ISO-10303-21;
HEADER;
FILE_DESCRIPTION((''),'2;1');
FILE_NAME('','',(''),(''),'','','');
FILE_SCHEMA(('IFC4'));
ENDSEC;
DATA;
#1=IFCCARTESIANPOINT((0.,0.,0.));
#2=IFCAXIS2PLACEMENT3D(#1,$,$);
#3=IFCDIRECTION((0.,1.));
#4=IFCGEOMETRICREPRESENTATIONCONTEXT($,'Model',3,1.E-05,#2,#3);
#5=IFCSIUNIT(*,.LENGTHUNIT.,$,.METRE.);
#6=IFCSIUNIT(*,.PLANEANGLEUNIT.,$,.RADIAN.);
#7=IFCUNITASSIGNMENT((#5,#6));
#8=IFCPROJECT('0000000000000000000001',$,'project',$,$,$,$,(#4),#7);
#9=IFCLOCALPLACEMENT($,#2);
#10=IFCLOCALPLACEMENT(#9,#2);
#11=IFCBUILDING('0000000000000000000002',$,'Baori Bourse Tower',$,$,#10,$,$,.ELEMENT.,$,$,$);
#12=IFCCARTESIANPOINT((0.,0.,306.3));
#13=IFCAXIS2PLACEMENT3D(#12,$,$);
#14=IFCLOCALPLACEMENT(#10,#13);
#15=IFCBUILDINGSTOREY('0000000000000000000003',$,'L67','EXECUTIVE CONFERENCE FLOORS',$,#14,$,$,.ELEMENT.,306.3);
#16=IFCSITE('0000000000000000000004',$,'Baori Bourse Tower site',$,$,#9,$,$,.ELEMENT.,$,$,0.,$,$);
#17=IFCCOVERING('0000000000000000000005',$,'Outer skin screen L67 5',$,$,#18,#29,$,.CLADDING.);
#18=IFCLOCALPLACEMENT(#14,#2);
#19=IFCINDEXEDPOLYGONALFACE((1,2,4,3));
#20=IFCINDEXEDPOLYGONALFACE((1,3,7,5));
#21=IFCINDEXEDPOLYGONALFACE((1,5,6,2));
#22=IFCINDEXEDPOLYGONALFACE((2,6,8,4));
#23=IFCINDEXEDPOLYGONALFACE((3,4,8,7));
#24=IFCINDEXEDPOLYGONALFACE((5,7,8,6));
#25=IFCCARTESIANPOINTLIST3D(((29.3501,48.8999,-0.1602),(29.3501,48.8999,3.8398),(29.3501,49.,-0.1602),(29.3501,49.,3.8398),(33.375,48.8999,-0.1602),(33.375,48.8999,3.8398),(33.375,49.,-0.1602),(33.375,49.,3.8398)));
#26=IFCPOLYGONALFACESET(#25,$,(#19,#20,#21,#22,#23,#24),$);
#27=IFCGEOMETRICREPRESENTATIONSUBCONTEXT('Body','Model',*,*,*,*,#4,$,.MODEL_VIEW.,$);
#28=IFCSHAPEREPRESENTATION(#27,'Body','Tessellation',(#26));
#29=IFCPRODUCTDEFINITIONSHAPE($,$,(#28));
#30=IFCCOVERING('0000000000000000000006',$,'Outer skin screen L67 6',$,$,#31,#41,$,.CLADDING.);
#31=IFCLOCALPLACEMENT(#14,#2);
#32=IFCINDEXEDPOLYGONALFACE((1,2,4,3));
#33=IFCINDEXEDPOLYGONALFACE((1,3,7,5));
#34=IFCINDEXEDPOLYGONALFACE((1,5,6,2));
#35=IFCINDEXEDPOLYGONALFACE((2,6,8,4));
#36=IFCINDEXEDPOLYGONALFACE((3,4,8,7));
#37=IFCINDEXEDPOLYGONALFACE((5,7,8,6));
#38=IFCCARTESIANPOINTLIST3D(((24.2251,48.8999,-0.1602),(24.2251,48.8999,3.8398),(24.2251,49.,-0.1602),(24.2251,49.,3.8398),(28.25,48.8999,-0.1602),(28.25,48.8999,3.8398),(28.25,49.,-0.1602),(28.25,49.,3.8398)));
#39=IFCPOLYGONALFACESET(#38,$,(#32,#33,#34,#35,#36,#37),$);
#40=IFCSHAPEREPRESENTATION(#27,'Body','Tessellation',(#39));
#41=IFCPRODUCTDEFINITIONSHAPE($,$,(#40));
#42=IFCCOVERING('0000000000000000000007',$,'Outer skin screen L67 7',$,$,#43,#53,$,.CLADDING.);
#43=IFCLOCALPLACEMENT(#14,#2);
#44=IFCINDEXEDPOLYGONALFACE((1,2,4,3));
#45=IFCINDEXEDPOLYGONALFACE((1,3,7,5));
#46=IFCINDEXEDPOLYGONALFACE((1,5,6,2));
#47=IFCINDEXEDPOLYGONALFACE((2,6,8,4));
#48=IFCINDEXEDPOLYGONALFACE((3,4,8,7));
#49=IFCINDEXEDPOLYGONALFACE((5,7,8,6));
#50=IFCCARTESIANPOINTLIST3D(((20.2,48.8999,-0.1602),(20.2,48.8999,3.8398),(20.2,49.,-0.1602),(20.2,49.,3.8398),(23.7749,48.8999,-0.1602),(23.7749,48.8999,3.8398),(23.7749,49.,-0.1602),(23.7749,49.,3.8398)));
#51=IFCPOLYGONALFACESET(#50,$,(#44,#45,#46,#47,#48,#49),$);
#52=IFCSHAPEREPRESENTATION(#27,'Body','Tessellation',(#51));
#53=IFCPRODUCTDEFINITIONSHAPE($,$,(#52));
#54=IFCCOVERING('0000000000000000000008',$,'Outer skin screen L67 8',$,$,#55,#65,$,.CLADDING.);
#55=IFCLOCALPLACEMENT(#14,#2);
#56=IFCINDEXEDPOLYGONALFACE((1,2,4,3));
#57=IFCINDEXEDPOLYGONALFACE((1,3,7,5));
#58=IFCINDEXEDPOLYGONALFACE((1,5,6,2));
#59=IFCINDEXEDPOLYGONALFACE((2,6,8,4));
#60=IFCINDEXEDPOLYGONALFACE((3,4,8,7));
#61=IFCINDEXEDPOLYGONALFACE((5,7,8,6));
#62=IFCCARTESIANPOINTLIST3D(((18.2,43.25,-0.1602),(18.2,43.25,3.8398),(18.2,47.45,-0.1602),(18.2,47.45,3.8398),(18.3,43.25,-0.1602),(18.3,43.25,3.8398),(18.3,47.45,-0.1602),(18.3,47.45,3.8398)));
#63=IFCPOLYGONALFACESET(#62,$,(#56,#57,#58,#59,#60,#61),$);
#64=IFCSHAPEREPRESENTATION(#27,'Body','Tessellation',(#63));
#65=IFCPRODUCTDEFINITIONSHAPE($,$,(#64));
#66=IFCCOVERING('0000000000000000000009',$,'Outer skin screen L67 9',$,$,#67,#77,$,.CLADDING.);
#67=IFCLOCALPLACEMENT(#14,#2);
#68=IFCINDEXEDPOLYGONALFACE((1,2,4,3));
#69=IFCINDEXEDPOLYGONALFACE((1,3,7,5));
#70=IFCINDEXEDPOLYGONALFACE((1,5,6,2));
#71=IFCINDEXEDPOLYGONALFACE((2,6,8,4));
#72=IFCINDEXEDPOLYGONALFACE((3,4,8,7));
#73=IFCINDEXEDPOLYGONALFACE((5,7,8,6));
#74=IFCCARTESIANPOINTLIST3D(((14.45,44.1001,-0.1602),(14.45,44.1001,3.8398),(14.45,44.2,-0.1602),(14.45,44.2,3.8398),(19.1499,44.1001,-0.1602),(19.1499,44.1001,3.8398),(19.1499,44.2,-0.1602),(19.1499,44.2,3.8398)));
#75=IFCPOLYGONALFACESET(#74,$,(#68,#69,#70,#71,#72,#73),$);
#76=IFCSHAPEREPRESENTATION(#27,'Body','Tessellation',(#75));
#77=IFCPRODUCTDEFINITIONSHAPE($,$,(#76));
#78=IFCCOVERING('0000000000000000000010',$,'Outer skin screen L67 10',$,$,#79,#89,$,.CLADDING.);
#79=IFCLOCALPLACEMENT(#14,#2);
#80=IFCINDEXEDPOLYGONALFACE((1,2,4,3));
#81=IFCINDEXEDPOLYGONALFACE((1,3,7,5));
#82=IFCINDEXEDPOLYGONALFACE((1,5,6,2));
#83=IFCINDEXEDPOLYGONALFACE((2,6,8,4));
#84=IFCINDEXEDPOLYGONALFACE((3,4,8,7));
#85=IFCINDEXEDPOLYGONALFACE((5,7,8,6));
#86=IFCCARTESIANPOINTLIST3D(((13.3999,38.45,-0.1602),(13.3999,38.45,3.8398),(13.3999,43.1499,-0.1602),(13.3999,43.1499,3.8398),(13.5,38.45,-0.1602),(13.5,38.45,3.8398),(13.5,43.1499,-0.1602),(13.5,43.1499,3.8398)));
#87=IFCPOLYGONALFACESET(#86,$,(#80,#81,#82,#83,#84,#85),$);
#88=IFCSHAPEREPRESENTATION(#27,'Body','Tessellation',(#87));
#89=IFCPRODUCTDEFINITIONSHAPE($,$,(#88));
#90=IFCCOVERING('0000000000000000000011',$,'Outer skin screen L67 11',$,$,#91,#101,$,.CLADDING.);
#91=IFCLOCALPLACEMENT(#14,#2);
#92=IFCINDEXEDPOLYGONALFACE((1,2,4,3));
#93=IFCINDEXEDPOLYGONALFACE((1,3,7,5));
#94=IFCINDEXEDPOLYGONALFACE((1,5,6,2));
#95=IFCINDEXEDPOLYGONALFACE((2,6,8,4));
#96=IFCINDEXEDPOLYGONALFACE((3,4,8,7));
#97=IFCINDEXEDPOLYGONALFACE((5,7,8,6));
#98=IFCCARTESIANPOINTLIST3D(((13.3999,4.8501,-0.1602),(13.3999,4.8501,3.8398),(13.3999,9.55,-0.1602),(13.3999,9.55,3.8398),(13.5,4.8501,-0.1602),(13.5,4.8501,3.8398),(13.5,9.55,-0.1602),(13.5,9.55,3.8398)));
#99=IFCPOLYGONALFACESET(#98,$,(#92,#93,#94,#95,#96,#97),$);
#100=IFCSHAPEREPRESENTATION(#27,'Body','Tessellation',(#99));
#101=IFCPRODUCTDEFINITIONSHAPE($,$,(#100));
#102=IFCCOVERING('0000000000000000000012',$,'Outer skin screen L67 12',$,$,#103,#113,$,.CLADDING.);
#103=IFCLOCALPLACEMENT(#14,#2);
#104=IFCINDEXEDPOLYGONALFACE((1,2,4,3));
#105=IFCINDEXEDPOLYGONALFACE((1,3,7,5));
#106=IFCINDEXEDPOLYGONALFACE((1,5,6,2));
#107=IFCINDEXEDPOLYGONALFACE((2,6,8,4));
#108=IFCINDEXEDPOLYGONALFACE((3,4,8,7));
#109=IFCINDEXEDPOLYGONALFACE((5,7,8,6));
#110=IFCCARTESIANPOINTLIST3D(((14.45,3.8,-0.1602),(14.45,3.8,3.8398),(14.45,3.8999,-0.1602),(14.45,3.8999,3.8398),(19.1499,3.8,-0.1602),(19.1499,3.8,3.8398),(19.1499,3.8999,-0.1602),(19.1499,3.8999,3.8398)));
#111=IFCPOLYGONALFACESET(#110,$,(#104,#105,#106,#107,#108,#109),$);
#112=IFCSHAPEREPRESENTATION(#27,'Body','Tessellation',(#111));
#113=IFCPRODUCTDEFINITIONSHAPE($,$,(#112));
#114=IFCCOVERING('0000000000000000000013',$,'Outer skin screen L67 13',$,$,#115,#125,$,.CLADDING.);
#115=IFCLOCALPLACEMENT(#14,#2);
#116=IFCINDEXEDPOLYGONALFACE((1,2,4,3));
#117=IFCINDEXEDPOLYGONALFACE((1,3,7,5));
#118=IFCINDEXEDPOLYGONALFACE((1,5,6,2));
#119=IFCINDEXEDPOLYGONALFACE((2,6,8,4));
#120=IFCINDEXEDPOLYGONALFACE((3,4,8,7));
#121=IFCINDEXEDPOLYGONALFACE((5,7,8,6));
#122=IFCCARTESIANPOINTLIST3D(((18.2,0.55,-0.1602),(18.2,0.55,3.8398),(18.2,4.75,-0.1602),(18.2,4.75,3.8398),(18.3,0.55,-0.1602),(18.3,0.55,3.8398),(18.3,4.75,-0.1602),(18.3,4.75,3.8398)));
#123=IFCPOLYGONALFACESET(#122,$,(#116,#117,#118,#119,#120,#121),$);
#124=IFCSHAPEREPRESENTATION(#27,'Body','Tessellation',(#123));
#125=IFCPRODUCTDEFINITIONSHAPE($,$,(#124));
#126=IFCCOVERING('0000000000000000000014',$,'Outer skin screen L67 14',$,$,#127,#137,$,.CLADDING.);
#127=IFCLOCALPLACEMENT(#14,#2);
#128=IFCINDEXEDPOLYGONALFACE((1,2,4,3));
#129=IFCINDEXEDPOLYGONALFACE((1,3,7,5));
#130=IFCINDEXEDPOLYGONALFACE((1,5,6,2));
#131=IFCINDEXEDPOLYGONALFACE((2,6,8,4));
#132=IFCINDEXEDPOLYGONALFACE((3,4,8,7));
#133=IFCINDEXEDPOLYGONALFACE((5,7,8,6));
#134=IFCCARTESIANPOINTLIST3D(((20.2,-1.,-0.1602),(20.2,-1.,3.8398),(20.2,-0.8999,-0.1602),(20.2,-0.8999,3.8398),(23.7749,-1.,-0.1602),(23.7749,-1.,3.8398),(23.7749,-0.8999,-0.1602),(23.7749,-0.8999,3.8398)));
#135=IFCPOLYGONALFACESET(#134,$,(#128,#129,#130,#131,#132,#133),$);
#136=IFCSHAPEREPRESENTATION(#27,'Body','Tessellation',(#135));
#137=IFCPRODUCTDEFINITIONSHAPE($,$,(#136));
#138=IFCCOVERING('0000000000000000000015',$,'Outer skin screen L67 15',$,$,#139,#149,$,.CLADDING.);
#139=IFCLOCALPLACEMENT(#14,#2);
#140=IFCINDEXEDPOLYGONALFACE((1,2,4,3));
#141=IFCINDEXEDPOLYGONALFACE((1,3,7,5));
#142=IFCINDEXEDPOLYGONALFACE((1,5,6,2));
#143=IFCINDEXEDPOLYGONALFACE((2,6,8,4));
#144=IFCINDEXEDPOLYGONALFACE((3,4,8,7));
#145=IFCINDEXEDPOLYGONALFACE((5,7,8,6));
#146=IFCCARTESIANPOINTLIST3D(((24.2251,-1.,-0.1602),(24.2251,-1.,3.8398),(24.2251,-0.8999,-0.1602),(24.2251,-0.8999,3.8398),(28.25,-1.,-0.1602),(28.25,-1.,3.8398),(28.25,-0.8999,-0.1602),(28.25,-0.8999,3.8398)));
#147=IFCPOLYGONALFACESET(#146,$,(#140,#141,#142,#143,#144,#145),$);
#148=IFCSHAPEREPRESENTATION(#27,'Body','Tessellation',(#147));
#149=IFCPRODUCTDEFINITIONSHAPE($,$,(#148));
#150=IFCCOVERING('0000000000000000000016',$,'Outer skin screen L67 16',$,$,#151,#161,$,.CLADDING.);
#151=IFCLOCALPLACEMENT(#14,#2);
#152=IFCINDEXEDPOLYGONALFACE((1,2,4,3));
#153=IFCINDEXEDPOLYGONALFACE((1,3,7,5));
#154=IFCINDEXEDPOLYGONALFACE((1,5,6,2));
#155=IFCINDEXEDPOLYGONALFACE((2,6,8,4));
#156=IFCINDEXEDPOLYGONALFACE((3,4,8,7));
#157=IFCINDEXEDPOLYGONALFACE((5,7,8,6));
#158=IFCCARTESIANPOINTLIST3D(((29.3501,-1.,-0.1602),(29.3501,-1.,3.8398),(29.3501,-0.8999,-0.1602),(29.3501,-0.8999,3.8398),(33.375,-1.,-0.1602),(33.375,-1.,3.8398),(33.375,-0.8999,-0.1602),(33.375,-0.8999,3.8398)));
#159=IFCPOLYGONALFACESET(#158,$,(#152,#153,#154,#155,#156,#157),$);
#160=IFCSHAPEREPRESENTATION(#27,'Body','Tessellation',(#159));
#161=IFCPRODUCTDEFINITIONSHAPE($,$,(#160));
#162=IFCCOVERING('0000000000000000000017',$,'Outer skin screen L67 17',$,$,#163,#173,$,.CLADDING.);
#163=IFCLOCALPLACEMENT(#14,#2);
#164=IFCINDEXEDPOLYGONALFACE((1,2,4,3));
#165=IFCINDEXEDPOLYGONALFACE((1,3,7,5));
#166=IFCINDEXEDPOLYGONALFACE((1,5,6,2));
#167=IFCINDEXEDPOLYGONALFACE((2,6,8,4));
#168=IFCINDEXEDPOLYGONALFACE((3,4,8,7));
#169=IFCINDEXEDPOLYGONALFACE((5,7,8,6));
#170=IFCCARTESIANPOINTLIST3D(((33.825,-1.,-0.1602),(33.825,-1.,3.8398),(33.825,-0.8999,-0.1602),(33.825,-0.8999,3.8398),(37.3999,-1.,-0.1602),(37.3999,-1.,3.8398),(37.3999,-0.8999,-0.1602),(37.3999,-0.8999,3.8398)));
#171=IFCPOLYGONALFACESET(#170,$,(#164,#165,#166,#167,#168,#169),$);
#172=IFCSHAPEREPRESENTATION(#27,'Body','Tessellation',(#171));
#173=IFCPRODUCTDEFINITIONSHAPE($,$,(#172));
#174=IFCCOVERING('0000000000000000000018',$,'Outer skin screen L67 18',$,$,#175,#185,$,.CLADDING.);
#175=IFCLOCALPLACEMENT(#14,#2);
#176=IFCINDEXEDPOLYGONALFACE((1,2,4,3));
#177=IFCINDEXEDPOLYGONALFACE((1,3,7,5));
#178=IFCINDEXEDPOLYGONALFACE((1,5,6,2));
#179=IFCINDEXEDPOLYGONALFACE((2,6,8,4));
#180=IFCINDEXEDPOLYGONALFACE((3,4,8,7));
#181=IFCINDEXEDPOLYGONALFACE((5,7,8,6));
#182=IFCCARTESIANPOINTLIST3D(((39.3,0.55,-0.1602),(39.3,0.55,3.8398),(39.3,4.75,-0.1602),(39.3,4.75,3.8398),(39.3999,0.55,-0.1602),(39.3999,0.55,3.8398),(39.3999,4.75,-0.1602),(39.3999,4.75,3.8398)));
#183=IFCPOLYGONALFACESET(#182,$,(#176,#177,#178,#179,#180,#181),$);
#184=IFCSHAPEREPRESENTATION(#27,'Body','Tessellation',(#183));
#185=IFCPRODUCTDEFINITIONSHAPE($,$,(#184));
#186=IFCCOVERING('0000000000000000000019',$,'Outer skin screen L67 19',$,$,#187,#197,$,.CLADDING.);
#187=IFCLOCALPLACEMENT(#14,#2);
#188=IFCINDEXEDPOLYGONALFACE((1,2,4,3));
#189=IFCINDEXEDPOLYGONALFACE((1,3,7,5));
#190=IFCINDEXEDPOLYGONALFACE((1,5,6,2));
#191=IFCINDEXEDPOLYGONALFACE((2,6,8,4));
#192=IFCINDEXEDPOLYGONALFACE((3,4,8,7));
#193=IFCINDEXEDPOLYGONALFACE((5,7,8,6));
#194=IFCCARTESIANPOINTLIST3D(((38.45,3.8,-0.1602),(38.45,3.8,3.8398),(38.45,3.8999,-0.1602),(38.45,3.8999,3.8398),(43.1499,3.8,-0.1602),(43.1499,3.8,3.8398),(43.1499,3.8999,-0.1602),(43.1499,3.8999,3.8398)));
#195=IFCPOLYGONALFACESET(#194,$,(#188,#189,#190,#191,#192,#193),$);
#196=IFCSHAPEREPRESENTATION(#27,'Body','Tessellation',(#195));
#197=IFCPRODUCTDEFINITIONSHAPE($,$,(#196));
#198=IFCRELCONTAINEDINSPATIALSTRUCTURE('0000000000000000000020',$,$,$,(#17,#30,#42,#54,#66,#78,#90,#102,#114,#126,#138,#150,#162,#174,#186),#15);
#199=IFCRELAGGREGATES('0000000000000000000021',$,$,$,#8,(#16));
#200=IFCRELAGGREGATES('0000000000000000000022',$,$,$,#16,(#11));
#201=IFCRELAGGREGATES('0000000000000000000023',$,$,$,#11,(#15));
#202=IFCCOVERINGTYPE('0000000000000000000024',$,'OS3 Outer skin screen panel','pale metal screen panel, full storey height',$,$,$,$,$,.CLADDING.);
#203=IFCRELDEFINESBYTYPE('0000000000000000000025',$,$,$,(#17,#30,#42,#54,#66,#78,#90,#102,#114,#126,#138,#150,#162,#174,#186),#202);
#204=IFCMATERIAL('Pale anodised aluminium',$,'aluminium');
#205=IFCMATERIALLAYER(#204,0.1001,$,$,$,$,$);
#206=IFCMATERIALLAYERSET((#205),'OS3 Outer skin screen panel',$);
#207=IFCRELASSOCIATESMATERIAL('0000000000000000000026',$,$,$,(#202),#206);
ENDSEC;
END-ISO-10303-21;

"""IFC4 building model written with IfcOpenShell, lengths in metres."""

from ifc_helpers import new_model, si_unit, direction, frame, origin, place, context, subcontext, project, spatial, polyline, outline, extrude, material, layer, layer_set, type_object, element, save


model = new_model("IFC4")

# Units and contexts
model_context = context("Model", 3, precision=1e-05, world=origin(), true_north=direction((0.0, 1.0)))
body_context = subcontext(model_context, "Body", "Model", "MODEL_VIEW")
ifc_project = project(units=[si_unit("LENGTHUNIT", "METRE"), si_unit("PLANEANGLEUNIT", "RADIAN")], contexts=[model_context])

# Site, building, storey
site_placement = place(None, origin())
site = spatial("IfcSite", under=ifc_project, at=site_placement, Name="Baori Bourse Tower site", CompositionType="ELEMENT", RefElevation=0.0)
building_placement = place(site_placement, origin())
building = spatial("IfcBuilding", under=site, at=building_placement, Name="Baori Bourse Tower", CompositionType="ELEMENT")
storey_placement = place(building_placement, frame((0.0, 0.0, 306.3)))
storey = spatial("IfcBuildingStorey", under=building, at=storey_placement, Name="L67", Description="EXECUTIVE CONFERENCE FLOORS", CompositionType="ELEMENT", Elevation=306.3)

# Coverings
ifc_material_1 = material(Name="Pale anodised aluminium", Category="aluminium")
ifc_layer_1 = layer(ifc_material_1, 0.1001)
ifc_layer_set_1 = layer_set([ifc_layer_1], Name="OS3 Outer skin screen panel")
covering_type = type_object("IfcCoveringType", Name="OS3 Outer skin screen panel", Description="pale metal screen panel, full storey height", PredefinedType="CLADDING", material=ifc_layer_set_1)
covering_1_placement = place(storey_placement, frame((0.0, 0.0, -0.1602)))
element("IfcCovering", 1, at=covering_1_placement, inside=storey, type_object=covering_type, Name="Outer skin screen L67 5", PredefinedType="CLADDING", context=body_context, shape_type="SweptSolid", body=[
    extrude(outline(polyline([(29.3501, 48.8999), (33.375, 48.8999), (33.375, 49.0), (29.3501, 49.0), (29.3501, 48.8999)])), origin(), (0.0, 0.0, 1.0), 4.0),
])
covering_2_placement = place(storey_placement, frame((0.0, 0.0, -0.1602)))
element("IfcCovering", 2, at=covering_2_placement, inside=storey, type_object=covering_type, Name="Outer skin screen L67 6", PredefinedType="CLADDING", context=body_context, shape_type="SweptSolid", body=[
    extrude(outline(polyline([(24.2251, 48.8999), (28.25, 48.8999), (28.25, 49.0), (24.2251, 49.0), (24.2251, 48.8999)])), origin(), (0.0, 0.0, 1.0), 4.0),
])
covering_3_placement = place(storey_placement, frame((0.0, 0.0, -0.1602)))
element("IfcCovering", 3, at=covering_3_placement, inside=storey, type_object=covering_type, Name="Outer skin screen L67 7", PredefinedType="CLADDING", context=body_context, shape_type="SweptSolid", body=[
    extrude(outline(polyline([(20.2, 48.8999), (23.7749, 48.8999), (23.7749, 49.0), (20.2, 49.0), (20.2, 48.8999)])), origin(), (0.0, 0.0, 1.0), 4.0),
])
covering_4_placement = place(storey_placement, frame((0.0, 0.0, -0.1602)))
element("IfcCovering", 4, at=covering_4_placement, inside=storey, type_object=covering_type, Name="Outer skin screen L67 8", PredefinedType="CLADDING", context=body_context, shape_type="SweptSolid", body=[
    extrude(outline(polyline([(18.3, 43.25), (18.3, 47.45), (18.2, 47.45), (18.2, 43.25), (18.3, 43.25)])), origin(), (0.0, 0.0, 1.0), 4.0),
])
covering_5_placement = place(storey_placement, frame((0.0, 0.0, -0.1602)))
element("IfcCovering", 5, at=covering_5_placement, inside=storey, type_object=covering_type, Name="Outer skin screen L67 9", PredefinedType="CLADDING", context=body_context, shape_type="SweptSolid", body=[
    extrude(outline(polyline([(14.45, 44.1001), (19.1499, 44.1001), (19.1499, 44.2), (14.45, 44.2), (14.45, 44.1001)])), origin(), (0.0, 0.0, 1.0), 4.0),
])
covering_6_placement = place(storey_placement, frame((0.0, 0.0, -0.1602)))
element("IfcCovering", 6, at=covering_6_placement, inside=storey, type_object=covering_type, Name="Outer skin screen L67 10", PredefinedType="CLADDING", context=body_context, shape_type="SweptSolid", body=[
    extrude(outline(polyline([(13.5, 38.45), (13.5, 43.1499), (13.3999, 43.1499), (13.3999, 38.45), (13.5, 38.45)])), origin(), (0.0, 0.0, 1.0), 4.0),
])
covering_7_placement = place(storey_placement, frame((0.0, 0.0, -0.1602)))
element("IfcCovering", 7, at=covering_7_placement, inside=storey, type_object=covering_type, Name="Outer skin screen L67 11", PredefinedType="CLADDING", context=body_context, shape_type="SweptSolid", body=[
    extrude(outline(polyline([(13.5, 4.8501), (13.5, 9.55), (13.3999, 9.55), (13.3999, 4.8501), (13.5, 4.8501)])), origin(), (0.0, 0.0, 1.0), 4.0),
])
covering_8_placement = place(storey_placement, frame((0.0, 0.0, -0.1602)))
element("IfcCovering", 8, at=covering_8_placement, inside=storey, type_object=covering_type, Name="Outer skin screen L67 12", PredefinedType="CLADDING", context=body_context, shape_type="SweptSolid", body=[
    extrude(outline(polyline([(19.1499, 3.8999), (14.45, 3.8999), (14.45, 3.8), (19.1499, 3.8), (19.1499, 3.8999)])), origin(), (0.0, 0.0, 1.0), 4.0),
])
covering_9_placement = place(storey_placement, frame((0.0, 0.0, -0.1602)))
element("IfcCovering", 9, at=covering_9_placement, inside=storey, type_object=covering_type, Name="Outer skin screen L67 13", PredefinedType="CLADDING", context=body_context, shape_type="SweptSolid", body=[
    extrude(outline(polyline([(18.3, 0.55), (18.3, 4.75), (18.2, 4.75), (18.2, 0.55), (18.3, 0.55)])), origin(), (0.0, 0.0, 1.0), 4.0),
])
covering_10_placement = place(storey_placement, frame((0.0, 0.0, -0.1602)))
element("IfcCovering", 10, at=covering_10_placement, inside=storey, type_object=covering_type, Name="Outer skin screen L67 14", PredefinedType="CLADDING", context=body_context, shape_type="SweptSolid", body=[
    extrude(outline(polyline([(23.7749, -0.8999), (20.2, -0.8999), (20.2, -1.0), (23.7749, -1.0), (23.7749, -0.8999)])), origin(), (0.0, 0.0, 1.0), 4.0),
])
covering_11_placement = place(storey_placement, frame((0.0, 0.0, -0.1602)))
element("IfcCovering", 11, at=covering_11_placement, inside=storey, type_object=covering_type, Name="Outer skin screen L67 15", PredefinedType="CLADDING", context=body_context, shape_type="SweptSolid", body=[
    extrude(outline(polyline([(28.25, -0.8999), (24.2251, -0.8999), (24.2251, -1.0), (28.25, -1.0), (28.25, -0.8999)])), origin(), (0.0, 0.0, 1.0), 4.0),
])
covering_12_placement = place(storey_placement, frame((0.0, 0.0, -0.1602)))
element("IfcCovering", 12, at=covering_12_placement, inside=storey, type_object=covering_type, Name="Outer skin screen L67 16", PredefinedType="CLADDING", context=body_context, shape_type="SweptSolid", body=[
    extrude(outline(polyline([(33.375, -0.8999), (29.3501, -0.8999), (29.3501, -1.0), (33.375, -1.0), (33.375, -0.8999)])), origin(), (0.0, 0.0, 1.0), 4.0),
])
covering_13_placement = place(storey_placement, frame((0.0, 0.0, -0.1602)))
element("IfcCovering", 13, at=covering_13_placement, inside=storey, type_object=covering_type, Name="Outer skin screen L67 17", PredefinedType="CLADDING", context=body_context, shape_type="SweptSolid", body=[
    extrude(outline(polyline([(37.3999, -0.8999), (33.825, -0.8999), (33.825, -1.0), (37.3999, -1.0), (37.3999, -0.8999)])), origin(), (0.0, 0.0, 1.0), 4.0),
])
covering_14_placement = place(storey_placement, frame((0.0, 0.0, -0.1602)))
element("IfcCovering", 14, at=covering_14_placement, inside=storey, type_object=covering_type, Name="Outer skin screen L67 18", PredefinedType="CLADDING", context=body_context, shape_type="SweptSolid", body=[
    extrude(outline(polyline([(39.3, 4.75), (39.3, 0.55), (39.3999, 0.55), (39.3999, 4.75), (39.3, 4.75)])), origin(), (0.0, 0.0, 1.0), 4.0),
])
covering_15_placement = place(storey_placement, frame((0.0, 0.0, -0.1602)))
element("IfcCovering", 15, at=covering_15_placement, inside=storey, type_object=covering_type, Name="Outer skin screen L67 19", PredefinedType="CLADDING", context=body_context, shape_type="SweptSolid", body=[
    extrude(outline(polyline([(43.1499, 3.8999), (38.45, 3.8999), (38.45, 3.8), (43.1499, 3.8), (43.1499, 3.8999)])), origin(), (0.0, 0.0, 1.0), 4.0),
])

save(model, "model.ifc")
